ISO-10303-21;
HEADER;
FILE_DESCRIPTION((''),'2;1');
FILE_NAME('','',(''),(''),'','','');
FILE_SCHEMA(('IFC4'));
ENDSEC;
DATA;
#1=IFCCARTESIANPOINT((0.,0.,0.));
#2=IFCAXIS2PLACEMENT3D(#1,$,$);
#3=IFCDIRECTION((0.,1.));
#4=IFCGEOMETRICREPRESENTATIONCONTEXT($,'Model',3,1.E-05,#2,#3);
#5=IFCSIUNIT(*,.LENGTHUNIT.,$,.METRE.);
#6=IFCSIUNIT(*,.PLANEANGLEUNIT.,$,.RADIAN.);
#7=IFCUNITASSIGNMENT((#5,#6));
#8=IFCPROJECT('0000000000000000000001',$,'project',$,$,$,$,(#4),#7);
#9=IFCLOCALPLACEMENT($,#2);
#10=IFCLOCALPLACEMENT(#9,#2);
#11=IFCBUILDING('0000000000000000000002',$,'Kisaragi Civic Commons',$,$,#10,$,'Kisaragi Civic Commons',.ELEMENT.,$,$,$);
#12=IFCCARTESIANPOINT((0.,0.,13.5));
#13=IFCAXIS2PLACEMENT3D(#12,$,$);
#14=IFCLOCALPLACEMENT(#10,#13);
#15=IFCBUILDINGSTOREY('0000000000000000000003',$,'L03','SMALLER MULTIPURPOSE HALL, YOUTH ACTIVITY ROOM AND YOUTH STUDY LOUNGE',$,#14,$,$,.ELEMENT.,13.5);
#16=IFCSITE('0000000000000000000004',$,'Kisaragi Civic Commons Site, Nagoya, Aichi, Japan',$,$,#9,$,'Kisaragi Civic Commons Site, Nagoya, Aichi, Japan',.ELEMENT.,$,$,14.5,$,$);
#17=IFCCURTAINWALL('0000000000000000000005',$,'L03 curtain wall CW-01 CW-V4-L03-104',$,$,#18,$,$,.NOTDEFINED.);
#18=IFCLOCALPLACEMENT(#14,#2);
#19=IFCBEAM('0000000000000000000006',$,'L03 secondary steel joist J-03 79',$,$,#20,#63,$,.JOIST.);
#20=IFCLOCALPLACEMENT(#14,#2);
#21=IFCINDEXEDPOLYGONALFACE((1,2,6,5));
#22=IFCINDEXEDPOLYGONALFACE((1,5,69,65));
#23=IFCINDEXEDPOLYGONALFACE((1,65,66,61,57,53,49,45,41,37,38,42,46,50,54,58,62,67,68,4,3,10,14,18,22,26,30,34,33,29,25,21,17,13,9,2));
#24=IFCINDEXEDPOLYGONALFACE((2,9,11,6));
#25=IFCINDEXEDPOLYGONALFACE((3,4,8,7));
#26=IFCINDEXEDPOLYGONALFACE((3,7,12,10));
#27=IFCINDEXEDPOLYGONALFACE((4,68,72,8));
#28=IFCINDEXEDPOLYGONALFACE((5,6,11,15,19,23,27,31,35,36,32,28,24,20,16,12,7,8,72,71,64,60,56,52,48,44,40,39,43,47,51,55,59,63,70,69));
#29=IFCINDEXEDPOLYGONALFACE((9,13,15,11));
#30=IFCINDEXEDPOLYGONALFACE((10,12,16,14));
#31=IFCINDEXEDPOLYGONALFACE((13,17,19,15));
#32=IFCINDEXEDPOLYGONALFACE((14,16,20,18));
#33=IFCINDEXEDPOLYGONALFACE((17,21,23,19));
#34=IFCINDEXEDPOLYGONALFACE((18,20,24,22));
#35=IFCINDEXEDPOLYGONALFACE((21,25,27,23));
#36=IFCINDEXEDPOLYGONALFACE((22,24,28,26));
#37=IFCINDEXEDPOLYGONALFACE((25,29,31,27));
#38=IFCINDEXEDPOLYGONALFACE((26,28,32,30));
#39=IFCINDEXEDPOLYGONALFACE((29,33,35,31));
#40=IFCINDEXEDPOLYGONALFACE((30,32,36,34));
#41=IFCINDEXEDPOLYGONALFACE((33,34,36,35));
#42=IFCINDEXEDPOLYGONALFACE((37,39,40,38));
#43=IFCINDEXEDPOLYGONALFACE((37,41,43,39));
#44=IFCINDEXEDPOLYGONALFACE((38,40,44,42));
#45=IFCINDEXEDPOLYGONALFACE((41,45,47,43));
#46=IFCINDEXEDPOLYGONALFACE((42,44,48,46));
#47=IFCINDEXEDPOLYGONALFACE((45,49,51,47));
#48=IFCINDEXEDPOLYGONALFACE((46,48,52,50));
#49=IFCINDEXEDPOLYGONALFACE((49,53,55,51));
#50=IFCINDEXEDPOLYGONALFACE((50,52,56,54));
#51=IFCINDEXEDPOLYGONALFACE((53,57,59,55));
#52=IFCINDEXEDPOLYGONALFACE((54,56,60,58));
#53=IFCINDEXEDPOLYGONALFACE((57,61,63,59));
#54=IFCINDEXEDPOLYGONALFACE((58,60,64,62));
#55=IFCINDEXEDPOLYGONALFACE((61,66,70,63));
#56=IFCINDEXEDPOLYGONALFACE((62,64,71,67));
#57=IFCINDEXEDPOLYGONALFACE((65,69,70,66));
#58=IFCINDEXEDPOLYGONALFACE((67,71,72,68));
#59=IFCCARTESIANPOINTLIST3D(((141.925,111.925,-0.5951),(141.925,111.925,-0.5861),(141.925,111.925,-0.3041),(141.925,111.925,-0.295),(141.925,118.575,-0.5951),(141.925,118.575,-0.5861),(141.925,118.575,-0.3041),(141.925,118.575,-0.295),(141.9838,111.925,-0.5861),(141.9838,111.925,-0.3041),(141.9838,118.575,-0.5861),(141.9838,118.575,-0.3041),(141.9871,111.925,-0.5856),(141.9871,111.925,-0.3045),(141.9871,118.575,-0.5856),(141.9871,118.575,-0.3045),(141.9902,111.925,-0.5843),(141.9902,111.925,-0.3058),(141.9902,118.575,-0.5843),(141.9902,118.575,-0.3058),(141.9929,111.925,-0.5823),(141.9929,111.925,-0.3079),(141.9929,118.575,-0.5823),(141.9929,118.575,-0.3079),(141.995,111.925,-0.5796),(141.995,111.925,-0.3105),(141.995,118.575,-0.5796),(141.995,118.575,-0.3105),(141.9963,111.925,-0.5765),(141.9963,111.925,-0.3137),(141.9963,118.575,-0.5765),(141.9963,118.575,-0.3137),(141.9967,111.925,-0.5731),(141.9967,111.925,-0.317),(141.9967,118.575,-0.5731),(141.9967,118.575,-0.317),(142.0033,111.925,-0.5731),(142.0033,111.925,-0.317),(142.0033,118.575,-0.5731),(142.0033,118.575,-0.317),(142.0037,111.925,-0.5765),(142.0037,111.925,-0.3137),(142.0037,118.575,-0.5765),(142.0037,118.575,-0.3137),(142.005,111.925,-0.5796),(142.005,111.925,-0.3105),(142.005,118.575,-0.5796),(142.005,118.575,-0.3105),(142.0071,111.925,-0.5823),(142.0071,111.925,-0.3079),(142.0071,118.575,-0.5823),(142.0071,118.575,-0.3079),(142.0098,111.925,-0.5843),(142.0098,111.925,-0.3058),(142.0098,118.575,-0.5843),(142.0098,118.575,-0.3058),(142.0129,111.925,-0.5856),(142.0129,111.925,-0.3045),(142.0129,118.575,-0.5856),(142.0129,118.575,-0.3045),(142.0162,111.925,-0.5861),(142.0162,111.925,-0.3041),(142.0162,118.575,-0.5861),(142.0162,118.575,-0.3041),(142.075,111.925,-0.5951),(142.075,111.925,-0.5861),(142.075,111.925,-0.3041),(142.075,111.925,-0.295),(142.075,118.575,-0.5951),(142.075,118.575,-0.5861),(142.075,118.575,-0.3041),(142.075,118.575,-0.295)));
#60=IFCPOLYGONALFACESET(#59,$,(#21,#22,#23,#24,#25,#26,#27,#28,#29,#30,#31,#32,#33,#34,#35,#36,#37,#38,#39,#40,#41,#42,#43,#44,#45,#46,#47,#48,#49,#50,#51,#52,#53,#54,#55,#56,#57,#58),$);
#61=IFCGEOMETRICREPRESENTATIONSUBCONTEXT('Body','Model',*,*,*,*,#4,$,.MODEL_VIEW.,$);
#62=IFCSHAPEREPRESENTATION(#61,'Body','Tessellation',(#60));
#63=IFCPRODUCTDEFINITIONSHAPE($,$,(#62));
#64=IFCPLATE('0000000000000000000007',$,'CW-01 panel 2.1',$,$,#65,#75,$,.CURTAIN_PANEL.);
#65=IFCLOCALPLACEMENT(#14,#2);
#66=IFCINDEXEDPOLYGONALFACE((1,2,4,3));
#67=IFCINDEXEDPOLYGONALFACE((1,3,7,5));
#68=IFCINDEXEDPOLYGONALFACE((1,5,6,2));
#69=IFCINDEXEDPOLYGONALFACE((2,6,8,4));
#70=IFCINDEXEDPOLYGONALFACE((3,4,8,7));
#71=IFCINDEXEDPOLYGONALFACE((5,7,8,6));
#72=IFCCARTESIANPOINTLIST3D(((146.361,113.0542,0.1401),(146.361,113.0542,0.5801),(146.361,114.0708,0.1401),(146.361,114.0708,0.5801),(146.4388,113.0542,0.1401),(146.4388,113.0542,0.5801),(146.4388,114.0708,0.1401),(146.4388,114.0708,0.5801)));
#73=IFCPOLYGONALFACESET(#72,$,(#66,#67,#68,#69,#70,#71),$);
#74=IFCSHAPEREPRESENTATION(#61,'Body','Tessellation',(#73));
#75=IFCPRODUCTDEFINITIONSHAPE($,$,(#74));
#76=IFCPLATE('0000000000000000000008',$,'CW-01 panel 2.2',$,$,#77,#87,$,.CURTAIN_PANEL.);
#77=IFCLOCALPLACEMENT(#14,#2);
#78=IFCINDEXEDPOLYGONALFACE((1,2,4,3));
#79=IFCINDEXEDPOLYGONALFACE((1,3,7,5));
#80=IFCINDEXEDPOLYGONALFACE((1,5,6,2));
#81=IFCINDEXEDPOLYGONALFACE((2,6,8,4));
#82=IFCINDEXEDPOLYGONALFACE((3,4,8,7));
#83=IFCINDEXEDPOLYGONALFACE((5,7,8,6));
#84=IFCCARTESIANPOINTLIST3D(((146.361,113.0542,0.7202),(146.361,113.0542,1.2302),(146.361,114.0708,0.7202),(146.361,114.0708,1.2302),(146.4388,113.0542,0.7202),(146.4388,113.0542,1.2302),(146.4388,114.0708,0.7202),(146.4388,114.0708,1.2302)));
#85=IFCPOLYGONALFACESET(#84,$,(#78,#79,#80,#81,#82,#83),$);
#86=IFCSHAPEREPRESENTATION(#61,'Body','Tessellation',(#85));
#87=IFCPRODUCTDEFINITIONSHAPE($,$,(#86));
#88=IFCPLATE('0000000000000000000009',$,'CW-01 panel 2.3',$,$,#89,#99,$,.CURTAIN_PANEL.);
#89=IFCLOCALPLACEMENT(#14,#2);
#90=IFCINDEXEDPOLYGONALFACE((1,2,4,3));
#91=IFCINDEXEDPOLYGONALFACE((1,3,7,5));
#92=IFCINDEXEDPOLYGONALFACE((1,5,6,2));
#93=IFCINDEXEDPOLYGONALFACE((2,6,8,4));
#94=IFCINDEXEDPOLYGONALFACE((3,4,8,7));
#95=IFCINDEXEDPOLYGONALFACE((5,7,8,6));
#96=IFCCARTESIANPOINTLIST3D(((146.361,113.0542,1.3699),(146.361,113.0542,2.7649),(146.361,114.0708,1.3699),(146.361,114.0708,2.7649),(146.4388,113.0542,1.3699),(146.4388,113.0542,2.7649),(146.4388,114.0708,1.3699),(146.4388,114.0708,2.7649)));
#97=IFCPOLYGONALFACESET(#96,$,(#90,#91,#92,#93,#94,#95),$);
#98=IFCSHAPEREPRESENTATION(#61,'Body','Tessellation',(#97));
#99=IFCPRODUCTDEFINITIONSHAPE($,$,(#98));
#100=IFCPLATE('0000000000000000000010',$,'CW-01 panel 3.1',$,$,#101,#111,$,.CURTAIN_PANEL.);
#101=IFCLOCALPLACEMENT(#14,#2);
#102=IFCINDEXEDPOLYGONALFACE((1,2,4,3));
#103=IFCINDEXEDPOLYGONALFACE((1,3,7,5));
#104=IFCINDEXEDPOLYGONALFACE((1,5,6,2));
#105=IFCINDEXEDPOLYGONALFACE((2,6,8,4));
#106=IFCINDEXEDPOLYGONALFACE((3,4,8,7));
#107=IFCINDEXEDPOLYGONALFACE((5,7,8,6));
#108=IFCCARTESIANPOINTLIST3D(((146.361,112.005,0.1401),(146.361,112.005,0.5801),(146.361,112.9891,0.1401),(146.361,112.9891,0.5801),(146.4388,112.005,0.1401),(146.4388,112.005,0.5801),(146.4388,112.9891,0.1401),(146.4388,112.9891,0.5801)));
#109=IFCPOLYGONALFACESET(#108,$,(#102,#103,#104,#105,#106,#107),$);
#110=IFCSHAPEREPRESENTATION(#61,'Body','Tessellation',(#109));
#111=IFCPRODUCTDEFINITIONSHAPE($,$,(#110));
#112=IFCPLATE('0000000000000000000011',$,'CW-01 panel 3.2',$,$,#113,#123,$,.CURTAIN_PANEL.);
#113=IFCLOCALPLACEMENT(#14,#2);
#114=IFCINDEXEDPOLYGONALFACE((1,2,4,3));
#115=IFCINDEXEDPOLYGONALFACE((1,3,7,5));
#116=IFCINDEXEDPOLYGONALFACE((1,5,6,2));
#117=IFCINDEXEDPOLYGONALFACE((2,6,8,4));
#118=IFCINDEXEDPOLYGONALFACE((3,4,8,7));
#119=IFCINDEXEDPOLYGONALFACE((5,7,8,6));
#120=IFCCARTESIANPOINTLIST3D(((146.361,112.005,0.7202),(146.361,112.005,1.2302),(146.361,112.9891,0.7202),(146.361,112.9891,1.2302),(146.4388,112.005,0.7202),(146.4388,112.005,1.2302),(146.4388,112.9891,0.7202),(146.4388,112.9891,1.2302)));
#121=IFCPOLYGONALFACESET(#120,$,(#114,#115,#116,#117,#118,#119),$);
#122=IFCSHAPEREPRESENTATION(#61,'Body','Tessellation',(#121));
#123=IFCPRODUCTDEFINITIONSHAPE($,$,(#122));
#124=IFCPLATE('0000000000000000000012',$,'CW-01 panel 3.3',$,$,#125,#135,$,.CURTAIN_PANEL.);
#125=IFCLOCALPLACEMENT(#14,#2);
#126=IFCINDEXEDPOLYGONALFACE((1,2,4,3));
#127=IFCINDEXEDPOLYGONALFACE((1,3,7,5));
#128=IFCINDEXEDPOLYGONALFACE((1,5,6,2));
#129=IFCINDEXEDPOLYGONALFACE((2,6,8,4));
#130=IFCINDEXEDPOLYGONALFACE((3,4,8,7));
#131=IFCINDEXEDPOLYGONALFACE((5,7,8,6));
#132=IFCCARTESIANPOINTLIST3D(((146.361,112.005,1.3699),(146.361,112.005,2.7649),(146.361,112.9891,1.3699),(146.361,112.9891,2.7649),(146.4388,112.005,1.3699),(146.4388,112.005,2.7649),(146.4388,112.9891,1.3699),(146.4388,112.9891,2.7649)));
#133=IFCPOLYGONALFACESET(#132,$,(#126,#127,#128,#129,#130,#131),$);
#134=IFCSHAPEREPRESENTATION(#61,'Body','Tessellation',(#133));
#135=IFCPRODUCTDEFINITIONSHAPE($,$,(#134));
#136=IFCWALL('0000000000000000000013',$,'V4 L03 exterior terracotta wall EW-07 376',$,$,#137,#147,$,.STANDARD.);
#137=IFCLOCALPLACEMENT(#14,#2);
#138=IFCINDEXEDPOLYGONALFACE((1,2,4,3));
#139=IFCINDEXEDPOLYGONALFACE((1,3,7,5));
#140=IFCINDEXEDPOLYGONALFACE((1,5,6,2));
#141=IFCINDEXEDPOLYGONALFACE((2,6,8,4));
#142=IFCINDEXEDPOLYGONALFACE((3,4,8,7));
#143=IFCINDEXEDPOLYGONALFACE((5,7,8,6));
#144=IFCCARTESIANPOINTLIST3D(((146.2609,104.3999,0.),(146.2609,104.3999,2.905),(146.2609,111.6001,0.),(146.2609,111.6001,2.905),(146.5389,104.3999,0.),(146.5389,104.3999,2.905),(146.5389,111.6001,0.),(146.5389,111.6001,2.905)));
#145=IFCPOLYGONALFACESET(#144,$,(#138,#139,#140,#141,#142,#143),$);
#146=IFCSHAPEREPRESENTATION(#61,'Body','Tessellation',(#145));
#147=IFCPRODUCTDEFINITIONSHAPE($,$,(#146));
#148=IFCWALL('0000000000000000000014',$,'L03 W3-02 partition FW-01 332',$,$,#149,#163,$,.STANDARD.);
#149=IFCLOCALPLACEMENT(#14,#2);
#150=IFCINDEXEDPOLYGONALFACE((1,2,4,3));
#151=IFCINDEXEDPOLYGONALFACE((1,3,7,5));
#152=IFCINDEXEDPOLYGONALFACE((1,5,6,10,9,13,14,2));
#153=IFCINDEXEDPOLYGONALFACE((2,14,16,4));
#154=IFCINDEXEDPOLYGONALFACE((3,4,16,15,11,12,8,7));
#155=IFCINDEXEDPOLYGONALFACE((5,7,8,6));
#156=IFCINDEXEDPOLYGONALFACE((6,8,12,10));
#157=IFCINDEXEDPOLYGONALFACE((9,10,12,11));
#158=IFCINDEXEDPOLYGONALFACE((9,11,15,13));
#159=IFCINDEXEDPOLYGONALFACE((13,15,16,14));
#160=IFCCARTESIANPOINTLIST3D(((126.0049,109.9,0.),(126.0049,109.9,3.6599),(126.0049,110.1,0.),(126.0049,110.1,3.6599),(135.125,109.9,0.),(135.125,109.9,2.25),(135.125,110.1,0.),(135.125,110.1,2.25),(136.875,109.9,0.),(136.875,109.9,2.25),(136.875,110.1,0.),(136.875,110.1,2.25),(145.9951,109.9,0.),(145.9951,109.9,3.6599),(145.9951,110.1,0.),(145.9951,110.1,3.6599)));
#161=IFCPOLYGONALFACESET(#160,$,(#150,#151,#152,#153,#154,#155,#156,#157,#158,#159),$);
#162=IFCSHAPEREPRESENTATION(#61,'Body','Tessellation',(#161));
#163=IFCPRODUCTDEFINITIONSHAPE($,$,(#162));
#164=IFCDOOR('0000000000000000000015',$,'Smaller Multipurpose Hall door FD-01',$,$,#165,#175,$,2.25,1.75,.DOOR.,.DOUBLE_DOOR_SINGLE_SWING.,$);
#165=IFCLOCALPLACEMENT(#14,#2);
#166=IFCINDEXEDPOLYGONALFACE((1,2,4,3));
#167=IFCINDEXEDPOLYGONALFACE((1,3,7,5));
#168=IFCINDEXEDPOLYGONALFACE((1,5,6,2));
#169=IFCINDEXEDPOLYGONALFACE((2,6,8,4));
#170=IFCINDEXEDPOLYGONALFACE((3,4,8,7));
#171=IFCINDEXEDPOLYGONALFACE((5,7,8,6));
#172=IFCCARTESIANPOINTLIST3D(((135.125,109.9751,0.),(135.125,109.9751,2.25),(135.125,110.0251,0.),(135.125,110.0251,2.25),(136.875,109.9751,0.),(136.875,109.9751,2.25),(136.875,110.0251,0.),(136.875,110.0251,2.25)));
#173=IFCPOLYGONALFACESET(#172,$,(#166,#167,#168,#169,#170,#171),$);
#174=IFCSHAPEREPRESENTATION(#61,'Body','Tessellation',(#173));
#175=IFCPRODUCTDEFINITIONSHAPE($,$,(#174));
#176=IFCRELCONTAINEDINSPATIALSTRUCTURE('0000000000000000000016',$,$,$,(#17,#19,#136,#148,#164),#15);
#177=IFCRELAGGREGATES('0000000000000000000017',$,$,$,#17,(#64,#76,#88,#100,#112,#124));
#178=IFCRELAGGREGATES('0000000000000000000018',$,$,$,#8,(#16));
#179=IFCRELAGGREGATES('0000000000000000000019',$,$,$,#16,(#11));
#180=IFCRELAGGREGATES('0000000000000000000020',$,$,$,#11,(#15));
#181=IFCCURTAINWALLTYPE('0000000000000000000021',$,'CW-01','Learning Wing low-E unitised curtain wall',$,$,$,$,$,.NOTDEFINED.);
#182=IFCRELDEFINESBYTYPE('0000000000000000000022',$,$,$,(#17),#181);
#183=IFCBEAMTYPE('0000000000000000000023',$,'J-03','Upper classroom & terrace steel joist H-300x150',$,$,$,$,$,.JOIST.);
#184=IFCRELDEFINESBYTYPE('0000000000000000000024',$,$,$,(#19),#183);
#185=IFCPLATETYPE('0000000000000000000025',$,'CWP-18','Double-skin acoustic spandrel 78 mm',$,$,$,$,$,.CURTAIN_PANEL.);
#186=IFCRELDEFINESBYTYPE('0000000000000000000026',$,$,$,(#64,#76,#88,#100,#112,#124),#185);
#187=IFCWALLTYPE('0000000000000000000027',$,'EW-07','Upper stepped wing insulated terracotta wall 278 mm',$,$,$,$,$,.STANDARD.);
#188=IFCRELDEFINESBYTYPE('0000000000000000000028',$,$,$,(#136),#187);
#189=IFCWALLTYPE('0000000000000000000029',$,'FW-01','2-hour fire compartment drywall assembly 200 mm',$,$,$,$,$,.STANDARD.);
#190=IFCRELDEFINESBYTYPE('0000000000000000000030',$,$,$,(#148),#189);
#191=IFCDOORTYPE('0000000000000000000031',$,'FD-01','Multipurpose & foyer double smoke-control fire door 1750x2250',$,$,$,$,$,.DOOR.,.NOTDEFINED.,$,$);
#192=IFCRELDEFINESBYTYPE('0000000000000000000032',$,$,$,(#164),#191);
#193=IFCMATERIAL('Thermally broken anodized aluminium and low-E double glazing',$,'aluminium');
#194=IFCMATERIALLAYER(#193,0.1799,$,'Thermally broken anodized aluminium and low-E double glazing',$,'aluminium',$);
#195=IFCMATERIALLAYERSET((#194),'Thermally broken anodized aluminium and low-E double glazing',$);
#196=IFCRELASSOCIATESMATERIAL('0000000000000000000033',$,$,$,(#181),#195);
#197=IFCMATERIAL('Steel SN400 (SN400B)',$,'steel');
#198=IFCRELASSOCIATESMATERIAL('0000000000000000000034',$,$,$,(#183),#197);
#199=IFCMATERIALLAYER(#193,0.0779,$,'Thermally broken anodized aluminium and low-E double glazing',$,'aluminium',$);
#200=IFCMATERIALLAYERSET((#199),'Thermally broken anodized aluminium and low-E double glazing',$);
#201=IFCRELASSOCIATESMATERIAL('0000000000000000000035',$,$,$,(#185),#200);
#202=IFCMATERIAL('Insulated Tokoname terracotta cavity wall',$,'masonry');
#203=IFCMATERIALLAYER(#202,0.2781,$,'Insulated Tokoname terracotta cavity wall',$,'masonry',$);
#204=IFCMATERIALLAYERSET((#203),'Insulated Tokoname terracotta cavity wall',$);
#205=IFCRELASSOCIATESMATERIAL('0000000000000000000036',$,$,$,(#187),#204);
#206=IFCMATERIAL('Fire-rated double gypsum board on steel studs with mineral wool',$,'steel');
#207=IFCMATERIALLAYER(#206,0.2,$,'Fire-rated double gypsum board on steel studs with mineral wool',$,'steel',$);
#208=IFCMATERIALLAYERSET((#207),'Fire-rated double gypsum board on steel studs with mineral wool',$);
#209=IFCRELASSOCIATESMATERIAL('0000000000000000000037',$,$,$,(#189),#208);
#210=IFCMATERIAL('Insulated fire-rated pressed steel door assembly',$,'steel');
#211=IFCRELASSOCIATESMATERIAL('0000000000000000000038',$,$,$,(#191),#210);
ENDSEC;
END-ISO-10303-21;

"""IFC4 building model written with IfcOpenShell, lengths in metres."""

from ifc_helpers import new_model, si_unit, direction, frame, frame_2d, origin, origin_2d, place, context, subcontext, project, spatial, rectangle, i_section, extrude, material, layer, layer_set, material_profile, profile_set, type_object, element, fill, aggregate, save


model = new_model("IFC4")

# Units and contexts
model_context = context("Model", 3, precision=1e-05, world=origin(), true_north=direction((0.0, 1.0)))
body_context = subcontext(model_context, "Body", "Model", "MODEL_VIEW")
ifc_project = project(units=[si_unit("LENGTHUNIT", "METRE"), si_unit("PLANEANGLEUNIT", "RADIAN")], contexts=[model_context])

# Site, building, storey
site_placement = place(None, origin())
site = spatial("IfcSite", under=ifc_project, at=site_placement, Name="Kisaragi Civic Commons Site, Nagoya, Aichi, Japan", LongName="Kisaragi Civic Commons Site, Nagoya, Aichi, Japan", CompositionType="ELEMENT", RefElevation=14.5)
building_placement = place(site_placement, origin())
building = spatial("IfcBuilding", under=site, at=building_placement, Name="Kisaragi Civic Commons", LongName="Kisaragi Civic Commons", CompositionType="ELEMENT")
storey_placement = place(building_placement, frame((0.0, 0.0, 13.5)))
storey = spatial("IfcBuildingStorey", under=building, at=storey_placement, Name="L03", Description="SMALLER MULTIPURPOSE HALL, YOUTH ACTIVITY ROOM AND YOUTH STUDY LOUNGE", CompositionType="ELEMENT", Elevation=13.5)

# Curtain wall
ifc_material_1 = material(Name="Thermally broken anodized aluminium and low-E double glazing", Category="aluminium")
ifc_layer_1 = layer(ifc_material_1, 0.1799, Name="Thermally broken anodized aluminium and low-E double glazing", Category="aluminium")
ifc_layer_set_1 = layer_set([ifc_layer_1], Name="Thermally broken anodized aluminium and low-E double glazing")
curtain_wall_type = type_object("IfcCurtainWallType", Name="CW-01", Description="Learning Wing low-E unitised curtain wall", PredefinedType="NOTDEFINED", material=ifc_layer_set_1)
curtain_wall_1_placement = place(storey_placement, origin())
curtain_wall_1 = element("IfcCurtainWall", 1, at=curtain_wall_1_placement, inside=storey, type_object=curtain_wall_type, Name="L03 curtain wall CW-01 CW-V4-L03-104", PredefinedType="NOTDEFINED")

# Beam
ifc_material_2 = material(Name="Steel SN400 (SN400B)", Category="steel")
ifc_material_profile_1 = material_profile(ifc_material_2, i_section(OverallWidth=0.1499, OverallDepth=0.3, WebThickness=0.0066, FlangeThickness=0.009, FilletRadius=0.0129, at=origin_2d()), Name="H-300x150x6.5x9", Category="steel")
ifc_profile_set_1 = profile_set([ifc_material_profile_1], Name="Steel SN400 (SN400B)")
beam_type = type_object("IfcBeamType", Name="J-03", Description="Upper classroom & terrace steel joist H-300x150", PredefinedType="JOIST", material=ifc_profile_set_1)
beam_1_placement = place(storey_placement, frame((142.0, 111.925, -0.4451), z_axis=(0.0, 1.0, 0.0), x_axis=(-1.0, 0.0, 0.0)))
element("IfcBeam", 2, at=beam_1_placement, inside=storey, type_object=beam_type, Name="L03 secondary steel joist J-03 79", PredefinedType="JOIST", context=body_context, shape_type="SweptSolid", body=[
    extrude(i_section(OverallWidth=0.1499, OverallDepth=0.3, WebThickness=0.0066, FlangeThickness=0.009, FilletRadius=0.0129, at=origin_2d()), origin(), (0.0, 0.0, 1.0), 6.6499),
])

# Plates
ifc_layer_2 = layer(ifc_material_1, 0.0779, Name="Thermally broken anodized aluminium and low-E double glazing", Category="aluminium")
ifc_layer_set_2 = layer_set([ifc_layer_2], Name="Thermally broken anodized aluminium and low-E double glazing")
plate_type = type_object("IfcPlateType", Name="CWP-18", Description="Double-skin acoustic spandrel 78 mm", PredefinedType="CURTAIN_PANEL", material=ifc_layer_set_2)
plate_1_placement = place(storey_placement, frame((146.3999, 113.5625, 0.1401), z_axis=(0.0, 0.0, 1.0), x_axis=(0.0, -1.0, 0.0)))
plate_1 = element("IfcPlate", 3, at=plate_1_placement, type_object=plate_type, Name="CW-01 panel 2.1", PredefinedType="CURTAIN_PANEL", context=body_context, shape_type="SweptSolid", body=[
    extrude(rectangle(XDim=1.0166, YDim=0.0779, at=origin_2d()), origin(), (0.0, 0.0, 1.0), 0.4399),
])
plate_2_placement = place(storey_placement, frame((146.3999, 113.5625, 0.7202), z_axis=(0.0, 0.0, 1.0), x_axis=(0.0, -1.0, 0.0)))
plate_2 = element("IfcPlate", 4, at=plate_2_placement, type_object=plate_type, Name="CW-01 panel 2.2", PredefinedType="CURTAIN_PANEL", context=body_context, shape_type="SweptSolid", body=[
    extrude(rectangle(XDim=1.0166, YDim=0.0779, at=origin_2d()), origin(), (0.0, 0.0, 1.0), 0.51),
])
plate_3_placement = place(storey_placement, frame((146.3999, 113.5625, 1.3699), z_axis=(0.0, 0.0, 1.0), x_axis=(0.0, -1.0, 0.0)))
plate_3 = element("IfcPlate", 5, at=plate_3_placement, type_object=plate_type, Name="CW-01 panel 2.3", PredefinedType="CURTAIN_PANEL", context=body_context, shape_type="SweptSolid", body=[
    extrude(rectangle(XDim=1.0166, YDim=0.0779, at=origin_2d()), origin(), (0.0, 0.0, 1.0), 1.395),
])
plate_4_placement = place(storey_placement, frame((146.3999, 112.4971, 0.1401), z_axis=(0.0, 0.0, 1.0), x_axis=(0.0, -1.0, 0.0)))
plate_4 = element("IfcPlate", 6, at=plate_4_placement, type_object=plate_type, Name="CW-01 panel 3.1", PredefinedType="CURTAIN_PANEL", context=body_context, shape_type="SweptSolid", body=[
    extrude(rectangle(XDim=0.9841, YDim=0.0779, at=origin_2d()), origin(), (0.0, 0.0, 1.0), 0.4399),
])
plate_5_placement = place(storey_placement, frame((146.3999, 112.4971, 0.7202), z_axis=(0.0, 0.0, 1.0), x_axis=(0.0, -1.0, 0.0)))
plate_5 = element("IfcPlate", 7, at=plate_5_placement, type_object=plate_type, Name="CW-01 panel 3.2", PredefinedType="CURTAIN_PANEL", context=body_context, shape_type="SweptSolid", body=[
    extrude(rectangle(XDim=0.9841, YDim=0.0779, at=origin_2d()), origin(), (0.0, 0.0, 1.0), 0.51),
])
plate_6_placement = place(storey_placement, frame((146.3999, 112.4971, 1.3699), z_axis=(0.0, 0.0, 1.0), x_axis=(0.0, -1.0, 0.0)))
plate_6 = element("IfcPlate", 8, at=plate_6_placement, type_object=plate_type, Name="CW-01 panel 3.3", PredefinedType="CURTAIN_PANEL", context=body_context, shape_type="SweptSolid", body=[
    extrude(rectangle(XDim=0.9841, YDim=0.0779, at=origin_2d()), origin(), (0.0, 0.0, 1.0), 1.395),
])
aggregate(curtain_wall_1, [plate_1, plate_2, plate_3, plate_4, plate_5, plate_6])

# Wall
ifc_material_3 = material(Name="Insulated Tokoname terracotta cavity wall", Category="masonry")
ifc_layer_3 = layer(ifc_material_3, 0.2781, Name="Insulated Tokoname terracotta cavity wall", Category="masonry")
ifc_layer_set_3 = layer_set([ifc_layer_3], Name="Insulated Tokoname terracotta cavity wall")
wall_type_1 = type_object("IfcWallType", Name="EW-07", Description="Upper stepped wing insulated terracotta wall 278 mm", PredefinedType="STANDARD", material=ifc_layer_set_3)
wall_1_placement = place(storey_placement, frame((146.3999, 111.6001, 0.0), z_axis=(0.0, 0.0, 1.0), x_axis=(0.0, -1.0, 0.0)))
element("IfcWall", 9, at=wall_1_placement, inside=storey, type_object=wall_type_1, Name="V4 L03 exterior terracotta wall EW-07 376", PredefinedType="STANDARD", context=body_context, shape_type="SweptSolid", body=[
    extrude(rectangle(XDim=7.2002, YDim=0.2781, at=frame_2d((3.6001, 0.0))), origin(), (0.0, 0.0, 1.0), 2.905),
])

# Wall, opening, door
ifc_material_4 = material(Name="Fire-rated double gypsum board on steel studs with mineral wool", Category="steel")
ifc_layer_4 = layer(ifc_material_4, 0.2, Name="Fire-rated double gypsum board on steel studs with mineral wool", Category="steel")
ifc_layer_set_4 = layer_set([ifc_layer_4], Name="Fire-rated double gypsum board on steel studs with mineral wool")
wall_type_2 = type_object("IfcWallType", Name="FW-01", Description="2-hour fire compartment drywall assembly 200 mm", PredefinedType="STANDARD", material=ifc_layer_set_4)
wall_2_placement = place(storey_placement, frame((145.9951, 110.0, 0.0), z_axis=(0.0, 0.0, 1.0), x_axis=(-1.0, 0.0, 0.0)))
wall_2 = element("IfcWall", 10, at=wall_2_placement, inside=storey, type_object=wall_type_2, Name="L03 W3-02 partition FW-01 332", PredefinedType="STANDARD", context=body_context, shape_type="SweptSolid", body=[
    extrude(rectangle(XDim=19.9902, YDim=0.2, at=frame_2d((9.9951, 0.0))), origin(), (0.0, 0.0, 1.0), 3.6599),
])
opening_placement = place(wall_2_placement, frame((9.1201, 0.0, 0.0)))
opening = element("IfcOpeningElement", 11, at=opening_placement, cuts=wall_2, PredefinedType="OPENING", context=body_context, shape_type="SweptSolid", body=[
    extrude(rectangle(XDim=1.75, YDim=2.25, at=frame_2d((0.875, 1.125))), frame((0.0, 0.1099, 0.0), z_axis=(0.0, -1.0, 0.0), x_axis=(1.0, 0.0, 0.0)), (0.0, 0.0, 1.0), 0.22),
])
ifc_material_5 = material(Name="Insulated fire-rated pressed steel door assembly", Category="steel")
door_type = type_object("IfcDoorType", Name="FD-01", Description="Multipurpose & foyer double smoke-control fire door 1750x2250", OperationType="NOTDEFINED", PredefinedType="DOOR", material=ifc_material_5)
door_placement = place(opening_placement, origin())
door = element("IfcDoor", 12, at=door_placement, inside=storey, type_object=door_type, Name="Smaller Multipurpose Hall door FD-01", OperationType="DOUBLE_DOOR_SINGLE_SWING", OverallHeight=2.25, OverallWidth=1.75, PredefinedType="DOOR", context=body_context, shape_type="SweptSolid", body=[
    extrude(rectangle(XDim=1.75, YDim=2.25, at=frame_2d((0.875, 1.125))), frame((0.0, 0.0249, 0.0), z_axis=(0.0, -1.0, 0.0), x_axis=(1.0, 0.0, 0.0)), (0.0, 0.0, 1.0), 0.05),
])
fill(opening, door)

save(model, "model.ifc")
